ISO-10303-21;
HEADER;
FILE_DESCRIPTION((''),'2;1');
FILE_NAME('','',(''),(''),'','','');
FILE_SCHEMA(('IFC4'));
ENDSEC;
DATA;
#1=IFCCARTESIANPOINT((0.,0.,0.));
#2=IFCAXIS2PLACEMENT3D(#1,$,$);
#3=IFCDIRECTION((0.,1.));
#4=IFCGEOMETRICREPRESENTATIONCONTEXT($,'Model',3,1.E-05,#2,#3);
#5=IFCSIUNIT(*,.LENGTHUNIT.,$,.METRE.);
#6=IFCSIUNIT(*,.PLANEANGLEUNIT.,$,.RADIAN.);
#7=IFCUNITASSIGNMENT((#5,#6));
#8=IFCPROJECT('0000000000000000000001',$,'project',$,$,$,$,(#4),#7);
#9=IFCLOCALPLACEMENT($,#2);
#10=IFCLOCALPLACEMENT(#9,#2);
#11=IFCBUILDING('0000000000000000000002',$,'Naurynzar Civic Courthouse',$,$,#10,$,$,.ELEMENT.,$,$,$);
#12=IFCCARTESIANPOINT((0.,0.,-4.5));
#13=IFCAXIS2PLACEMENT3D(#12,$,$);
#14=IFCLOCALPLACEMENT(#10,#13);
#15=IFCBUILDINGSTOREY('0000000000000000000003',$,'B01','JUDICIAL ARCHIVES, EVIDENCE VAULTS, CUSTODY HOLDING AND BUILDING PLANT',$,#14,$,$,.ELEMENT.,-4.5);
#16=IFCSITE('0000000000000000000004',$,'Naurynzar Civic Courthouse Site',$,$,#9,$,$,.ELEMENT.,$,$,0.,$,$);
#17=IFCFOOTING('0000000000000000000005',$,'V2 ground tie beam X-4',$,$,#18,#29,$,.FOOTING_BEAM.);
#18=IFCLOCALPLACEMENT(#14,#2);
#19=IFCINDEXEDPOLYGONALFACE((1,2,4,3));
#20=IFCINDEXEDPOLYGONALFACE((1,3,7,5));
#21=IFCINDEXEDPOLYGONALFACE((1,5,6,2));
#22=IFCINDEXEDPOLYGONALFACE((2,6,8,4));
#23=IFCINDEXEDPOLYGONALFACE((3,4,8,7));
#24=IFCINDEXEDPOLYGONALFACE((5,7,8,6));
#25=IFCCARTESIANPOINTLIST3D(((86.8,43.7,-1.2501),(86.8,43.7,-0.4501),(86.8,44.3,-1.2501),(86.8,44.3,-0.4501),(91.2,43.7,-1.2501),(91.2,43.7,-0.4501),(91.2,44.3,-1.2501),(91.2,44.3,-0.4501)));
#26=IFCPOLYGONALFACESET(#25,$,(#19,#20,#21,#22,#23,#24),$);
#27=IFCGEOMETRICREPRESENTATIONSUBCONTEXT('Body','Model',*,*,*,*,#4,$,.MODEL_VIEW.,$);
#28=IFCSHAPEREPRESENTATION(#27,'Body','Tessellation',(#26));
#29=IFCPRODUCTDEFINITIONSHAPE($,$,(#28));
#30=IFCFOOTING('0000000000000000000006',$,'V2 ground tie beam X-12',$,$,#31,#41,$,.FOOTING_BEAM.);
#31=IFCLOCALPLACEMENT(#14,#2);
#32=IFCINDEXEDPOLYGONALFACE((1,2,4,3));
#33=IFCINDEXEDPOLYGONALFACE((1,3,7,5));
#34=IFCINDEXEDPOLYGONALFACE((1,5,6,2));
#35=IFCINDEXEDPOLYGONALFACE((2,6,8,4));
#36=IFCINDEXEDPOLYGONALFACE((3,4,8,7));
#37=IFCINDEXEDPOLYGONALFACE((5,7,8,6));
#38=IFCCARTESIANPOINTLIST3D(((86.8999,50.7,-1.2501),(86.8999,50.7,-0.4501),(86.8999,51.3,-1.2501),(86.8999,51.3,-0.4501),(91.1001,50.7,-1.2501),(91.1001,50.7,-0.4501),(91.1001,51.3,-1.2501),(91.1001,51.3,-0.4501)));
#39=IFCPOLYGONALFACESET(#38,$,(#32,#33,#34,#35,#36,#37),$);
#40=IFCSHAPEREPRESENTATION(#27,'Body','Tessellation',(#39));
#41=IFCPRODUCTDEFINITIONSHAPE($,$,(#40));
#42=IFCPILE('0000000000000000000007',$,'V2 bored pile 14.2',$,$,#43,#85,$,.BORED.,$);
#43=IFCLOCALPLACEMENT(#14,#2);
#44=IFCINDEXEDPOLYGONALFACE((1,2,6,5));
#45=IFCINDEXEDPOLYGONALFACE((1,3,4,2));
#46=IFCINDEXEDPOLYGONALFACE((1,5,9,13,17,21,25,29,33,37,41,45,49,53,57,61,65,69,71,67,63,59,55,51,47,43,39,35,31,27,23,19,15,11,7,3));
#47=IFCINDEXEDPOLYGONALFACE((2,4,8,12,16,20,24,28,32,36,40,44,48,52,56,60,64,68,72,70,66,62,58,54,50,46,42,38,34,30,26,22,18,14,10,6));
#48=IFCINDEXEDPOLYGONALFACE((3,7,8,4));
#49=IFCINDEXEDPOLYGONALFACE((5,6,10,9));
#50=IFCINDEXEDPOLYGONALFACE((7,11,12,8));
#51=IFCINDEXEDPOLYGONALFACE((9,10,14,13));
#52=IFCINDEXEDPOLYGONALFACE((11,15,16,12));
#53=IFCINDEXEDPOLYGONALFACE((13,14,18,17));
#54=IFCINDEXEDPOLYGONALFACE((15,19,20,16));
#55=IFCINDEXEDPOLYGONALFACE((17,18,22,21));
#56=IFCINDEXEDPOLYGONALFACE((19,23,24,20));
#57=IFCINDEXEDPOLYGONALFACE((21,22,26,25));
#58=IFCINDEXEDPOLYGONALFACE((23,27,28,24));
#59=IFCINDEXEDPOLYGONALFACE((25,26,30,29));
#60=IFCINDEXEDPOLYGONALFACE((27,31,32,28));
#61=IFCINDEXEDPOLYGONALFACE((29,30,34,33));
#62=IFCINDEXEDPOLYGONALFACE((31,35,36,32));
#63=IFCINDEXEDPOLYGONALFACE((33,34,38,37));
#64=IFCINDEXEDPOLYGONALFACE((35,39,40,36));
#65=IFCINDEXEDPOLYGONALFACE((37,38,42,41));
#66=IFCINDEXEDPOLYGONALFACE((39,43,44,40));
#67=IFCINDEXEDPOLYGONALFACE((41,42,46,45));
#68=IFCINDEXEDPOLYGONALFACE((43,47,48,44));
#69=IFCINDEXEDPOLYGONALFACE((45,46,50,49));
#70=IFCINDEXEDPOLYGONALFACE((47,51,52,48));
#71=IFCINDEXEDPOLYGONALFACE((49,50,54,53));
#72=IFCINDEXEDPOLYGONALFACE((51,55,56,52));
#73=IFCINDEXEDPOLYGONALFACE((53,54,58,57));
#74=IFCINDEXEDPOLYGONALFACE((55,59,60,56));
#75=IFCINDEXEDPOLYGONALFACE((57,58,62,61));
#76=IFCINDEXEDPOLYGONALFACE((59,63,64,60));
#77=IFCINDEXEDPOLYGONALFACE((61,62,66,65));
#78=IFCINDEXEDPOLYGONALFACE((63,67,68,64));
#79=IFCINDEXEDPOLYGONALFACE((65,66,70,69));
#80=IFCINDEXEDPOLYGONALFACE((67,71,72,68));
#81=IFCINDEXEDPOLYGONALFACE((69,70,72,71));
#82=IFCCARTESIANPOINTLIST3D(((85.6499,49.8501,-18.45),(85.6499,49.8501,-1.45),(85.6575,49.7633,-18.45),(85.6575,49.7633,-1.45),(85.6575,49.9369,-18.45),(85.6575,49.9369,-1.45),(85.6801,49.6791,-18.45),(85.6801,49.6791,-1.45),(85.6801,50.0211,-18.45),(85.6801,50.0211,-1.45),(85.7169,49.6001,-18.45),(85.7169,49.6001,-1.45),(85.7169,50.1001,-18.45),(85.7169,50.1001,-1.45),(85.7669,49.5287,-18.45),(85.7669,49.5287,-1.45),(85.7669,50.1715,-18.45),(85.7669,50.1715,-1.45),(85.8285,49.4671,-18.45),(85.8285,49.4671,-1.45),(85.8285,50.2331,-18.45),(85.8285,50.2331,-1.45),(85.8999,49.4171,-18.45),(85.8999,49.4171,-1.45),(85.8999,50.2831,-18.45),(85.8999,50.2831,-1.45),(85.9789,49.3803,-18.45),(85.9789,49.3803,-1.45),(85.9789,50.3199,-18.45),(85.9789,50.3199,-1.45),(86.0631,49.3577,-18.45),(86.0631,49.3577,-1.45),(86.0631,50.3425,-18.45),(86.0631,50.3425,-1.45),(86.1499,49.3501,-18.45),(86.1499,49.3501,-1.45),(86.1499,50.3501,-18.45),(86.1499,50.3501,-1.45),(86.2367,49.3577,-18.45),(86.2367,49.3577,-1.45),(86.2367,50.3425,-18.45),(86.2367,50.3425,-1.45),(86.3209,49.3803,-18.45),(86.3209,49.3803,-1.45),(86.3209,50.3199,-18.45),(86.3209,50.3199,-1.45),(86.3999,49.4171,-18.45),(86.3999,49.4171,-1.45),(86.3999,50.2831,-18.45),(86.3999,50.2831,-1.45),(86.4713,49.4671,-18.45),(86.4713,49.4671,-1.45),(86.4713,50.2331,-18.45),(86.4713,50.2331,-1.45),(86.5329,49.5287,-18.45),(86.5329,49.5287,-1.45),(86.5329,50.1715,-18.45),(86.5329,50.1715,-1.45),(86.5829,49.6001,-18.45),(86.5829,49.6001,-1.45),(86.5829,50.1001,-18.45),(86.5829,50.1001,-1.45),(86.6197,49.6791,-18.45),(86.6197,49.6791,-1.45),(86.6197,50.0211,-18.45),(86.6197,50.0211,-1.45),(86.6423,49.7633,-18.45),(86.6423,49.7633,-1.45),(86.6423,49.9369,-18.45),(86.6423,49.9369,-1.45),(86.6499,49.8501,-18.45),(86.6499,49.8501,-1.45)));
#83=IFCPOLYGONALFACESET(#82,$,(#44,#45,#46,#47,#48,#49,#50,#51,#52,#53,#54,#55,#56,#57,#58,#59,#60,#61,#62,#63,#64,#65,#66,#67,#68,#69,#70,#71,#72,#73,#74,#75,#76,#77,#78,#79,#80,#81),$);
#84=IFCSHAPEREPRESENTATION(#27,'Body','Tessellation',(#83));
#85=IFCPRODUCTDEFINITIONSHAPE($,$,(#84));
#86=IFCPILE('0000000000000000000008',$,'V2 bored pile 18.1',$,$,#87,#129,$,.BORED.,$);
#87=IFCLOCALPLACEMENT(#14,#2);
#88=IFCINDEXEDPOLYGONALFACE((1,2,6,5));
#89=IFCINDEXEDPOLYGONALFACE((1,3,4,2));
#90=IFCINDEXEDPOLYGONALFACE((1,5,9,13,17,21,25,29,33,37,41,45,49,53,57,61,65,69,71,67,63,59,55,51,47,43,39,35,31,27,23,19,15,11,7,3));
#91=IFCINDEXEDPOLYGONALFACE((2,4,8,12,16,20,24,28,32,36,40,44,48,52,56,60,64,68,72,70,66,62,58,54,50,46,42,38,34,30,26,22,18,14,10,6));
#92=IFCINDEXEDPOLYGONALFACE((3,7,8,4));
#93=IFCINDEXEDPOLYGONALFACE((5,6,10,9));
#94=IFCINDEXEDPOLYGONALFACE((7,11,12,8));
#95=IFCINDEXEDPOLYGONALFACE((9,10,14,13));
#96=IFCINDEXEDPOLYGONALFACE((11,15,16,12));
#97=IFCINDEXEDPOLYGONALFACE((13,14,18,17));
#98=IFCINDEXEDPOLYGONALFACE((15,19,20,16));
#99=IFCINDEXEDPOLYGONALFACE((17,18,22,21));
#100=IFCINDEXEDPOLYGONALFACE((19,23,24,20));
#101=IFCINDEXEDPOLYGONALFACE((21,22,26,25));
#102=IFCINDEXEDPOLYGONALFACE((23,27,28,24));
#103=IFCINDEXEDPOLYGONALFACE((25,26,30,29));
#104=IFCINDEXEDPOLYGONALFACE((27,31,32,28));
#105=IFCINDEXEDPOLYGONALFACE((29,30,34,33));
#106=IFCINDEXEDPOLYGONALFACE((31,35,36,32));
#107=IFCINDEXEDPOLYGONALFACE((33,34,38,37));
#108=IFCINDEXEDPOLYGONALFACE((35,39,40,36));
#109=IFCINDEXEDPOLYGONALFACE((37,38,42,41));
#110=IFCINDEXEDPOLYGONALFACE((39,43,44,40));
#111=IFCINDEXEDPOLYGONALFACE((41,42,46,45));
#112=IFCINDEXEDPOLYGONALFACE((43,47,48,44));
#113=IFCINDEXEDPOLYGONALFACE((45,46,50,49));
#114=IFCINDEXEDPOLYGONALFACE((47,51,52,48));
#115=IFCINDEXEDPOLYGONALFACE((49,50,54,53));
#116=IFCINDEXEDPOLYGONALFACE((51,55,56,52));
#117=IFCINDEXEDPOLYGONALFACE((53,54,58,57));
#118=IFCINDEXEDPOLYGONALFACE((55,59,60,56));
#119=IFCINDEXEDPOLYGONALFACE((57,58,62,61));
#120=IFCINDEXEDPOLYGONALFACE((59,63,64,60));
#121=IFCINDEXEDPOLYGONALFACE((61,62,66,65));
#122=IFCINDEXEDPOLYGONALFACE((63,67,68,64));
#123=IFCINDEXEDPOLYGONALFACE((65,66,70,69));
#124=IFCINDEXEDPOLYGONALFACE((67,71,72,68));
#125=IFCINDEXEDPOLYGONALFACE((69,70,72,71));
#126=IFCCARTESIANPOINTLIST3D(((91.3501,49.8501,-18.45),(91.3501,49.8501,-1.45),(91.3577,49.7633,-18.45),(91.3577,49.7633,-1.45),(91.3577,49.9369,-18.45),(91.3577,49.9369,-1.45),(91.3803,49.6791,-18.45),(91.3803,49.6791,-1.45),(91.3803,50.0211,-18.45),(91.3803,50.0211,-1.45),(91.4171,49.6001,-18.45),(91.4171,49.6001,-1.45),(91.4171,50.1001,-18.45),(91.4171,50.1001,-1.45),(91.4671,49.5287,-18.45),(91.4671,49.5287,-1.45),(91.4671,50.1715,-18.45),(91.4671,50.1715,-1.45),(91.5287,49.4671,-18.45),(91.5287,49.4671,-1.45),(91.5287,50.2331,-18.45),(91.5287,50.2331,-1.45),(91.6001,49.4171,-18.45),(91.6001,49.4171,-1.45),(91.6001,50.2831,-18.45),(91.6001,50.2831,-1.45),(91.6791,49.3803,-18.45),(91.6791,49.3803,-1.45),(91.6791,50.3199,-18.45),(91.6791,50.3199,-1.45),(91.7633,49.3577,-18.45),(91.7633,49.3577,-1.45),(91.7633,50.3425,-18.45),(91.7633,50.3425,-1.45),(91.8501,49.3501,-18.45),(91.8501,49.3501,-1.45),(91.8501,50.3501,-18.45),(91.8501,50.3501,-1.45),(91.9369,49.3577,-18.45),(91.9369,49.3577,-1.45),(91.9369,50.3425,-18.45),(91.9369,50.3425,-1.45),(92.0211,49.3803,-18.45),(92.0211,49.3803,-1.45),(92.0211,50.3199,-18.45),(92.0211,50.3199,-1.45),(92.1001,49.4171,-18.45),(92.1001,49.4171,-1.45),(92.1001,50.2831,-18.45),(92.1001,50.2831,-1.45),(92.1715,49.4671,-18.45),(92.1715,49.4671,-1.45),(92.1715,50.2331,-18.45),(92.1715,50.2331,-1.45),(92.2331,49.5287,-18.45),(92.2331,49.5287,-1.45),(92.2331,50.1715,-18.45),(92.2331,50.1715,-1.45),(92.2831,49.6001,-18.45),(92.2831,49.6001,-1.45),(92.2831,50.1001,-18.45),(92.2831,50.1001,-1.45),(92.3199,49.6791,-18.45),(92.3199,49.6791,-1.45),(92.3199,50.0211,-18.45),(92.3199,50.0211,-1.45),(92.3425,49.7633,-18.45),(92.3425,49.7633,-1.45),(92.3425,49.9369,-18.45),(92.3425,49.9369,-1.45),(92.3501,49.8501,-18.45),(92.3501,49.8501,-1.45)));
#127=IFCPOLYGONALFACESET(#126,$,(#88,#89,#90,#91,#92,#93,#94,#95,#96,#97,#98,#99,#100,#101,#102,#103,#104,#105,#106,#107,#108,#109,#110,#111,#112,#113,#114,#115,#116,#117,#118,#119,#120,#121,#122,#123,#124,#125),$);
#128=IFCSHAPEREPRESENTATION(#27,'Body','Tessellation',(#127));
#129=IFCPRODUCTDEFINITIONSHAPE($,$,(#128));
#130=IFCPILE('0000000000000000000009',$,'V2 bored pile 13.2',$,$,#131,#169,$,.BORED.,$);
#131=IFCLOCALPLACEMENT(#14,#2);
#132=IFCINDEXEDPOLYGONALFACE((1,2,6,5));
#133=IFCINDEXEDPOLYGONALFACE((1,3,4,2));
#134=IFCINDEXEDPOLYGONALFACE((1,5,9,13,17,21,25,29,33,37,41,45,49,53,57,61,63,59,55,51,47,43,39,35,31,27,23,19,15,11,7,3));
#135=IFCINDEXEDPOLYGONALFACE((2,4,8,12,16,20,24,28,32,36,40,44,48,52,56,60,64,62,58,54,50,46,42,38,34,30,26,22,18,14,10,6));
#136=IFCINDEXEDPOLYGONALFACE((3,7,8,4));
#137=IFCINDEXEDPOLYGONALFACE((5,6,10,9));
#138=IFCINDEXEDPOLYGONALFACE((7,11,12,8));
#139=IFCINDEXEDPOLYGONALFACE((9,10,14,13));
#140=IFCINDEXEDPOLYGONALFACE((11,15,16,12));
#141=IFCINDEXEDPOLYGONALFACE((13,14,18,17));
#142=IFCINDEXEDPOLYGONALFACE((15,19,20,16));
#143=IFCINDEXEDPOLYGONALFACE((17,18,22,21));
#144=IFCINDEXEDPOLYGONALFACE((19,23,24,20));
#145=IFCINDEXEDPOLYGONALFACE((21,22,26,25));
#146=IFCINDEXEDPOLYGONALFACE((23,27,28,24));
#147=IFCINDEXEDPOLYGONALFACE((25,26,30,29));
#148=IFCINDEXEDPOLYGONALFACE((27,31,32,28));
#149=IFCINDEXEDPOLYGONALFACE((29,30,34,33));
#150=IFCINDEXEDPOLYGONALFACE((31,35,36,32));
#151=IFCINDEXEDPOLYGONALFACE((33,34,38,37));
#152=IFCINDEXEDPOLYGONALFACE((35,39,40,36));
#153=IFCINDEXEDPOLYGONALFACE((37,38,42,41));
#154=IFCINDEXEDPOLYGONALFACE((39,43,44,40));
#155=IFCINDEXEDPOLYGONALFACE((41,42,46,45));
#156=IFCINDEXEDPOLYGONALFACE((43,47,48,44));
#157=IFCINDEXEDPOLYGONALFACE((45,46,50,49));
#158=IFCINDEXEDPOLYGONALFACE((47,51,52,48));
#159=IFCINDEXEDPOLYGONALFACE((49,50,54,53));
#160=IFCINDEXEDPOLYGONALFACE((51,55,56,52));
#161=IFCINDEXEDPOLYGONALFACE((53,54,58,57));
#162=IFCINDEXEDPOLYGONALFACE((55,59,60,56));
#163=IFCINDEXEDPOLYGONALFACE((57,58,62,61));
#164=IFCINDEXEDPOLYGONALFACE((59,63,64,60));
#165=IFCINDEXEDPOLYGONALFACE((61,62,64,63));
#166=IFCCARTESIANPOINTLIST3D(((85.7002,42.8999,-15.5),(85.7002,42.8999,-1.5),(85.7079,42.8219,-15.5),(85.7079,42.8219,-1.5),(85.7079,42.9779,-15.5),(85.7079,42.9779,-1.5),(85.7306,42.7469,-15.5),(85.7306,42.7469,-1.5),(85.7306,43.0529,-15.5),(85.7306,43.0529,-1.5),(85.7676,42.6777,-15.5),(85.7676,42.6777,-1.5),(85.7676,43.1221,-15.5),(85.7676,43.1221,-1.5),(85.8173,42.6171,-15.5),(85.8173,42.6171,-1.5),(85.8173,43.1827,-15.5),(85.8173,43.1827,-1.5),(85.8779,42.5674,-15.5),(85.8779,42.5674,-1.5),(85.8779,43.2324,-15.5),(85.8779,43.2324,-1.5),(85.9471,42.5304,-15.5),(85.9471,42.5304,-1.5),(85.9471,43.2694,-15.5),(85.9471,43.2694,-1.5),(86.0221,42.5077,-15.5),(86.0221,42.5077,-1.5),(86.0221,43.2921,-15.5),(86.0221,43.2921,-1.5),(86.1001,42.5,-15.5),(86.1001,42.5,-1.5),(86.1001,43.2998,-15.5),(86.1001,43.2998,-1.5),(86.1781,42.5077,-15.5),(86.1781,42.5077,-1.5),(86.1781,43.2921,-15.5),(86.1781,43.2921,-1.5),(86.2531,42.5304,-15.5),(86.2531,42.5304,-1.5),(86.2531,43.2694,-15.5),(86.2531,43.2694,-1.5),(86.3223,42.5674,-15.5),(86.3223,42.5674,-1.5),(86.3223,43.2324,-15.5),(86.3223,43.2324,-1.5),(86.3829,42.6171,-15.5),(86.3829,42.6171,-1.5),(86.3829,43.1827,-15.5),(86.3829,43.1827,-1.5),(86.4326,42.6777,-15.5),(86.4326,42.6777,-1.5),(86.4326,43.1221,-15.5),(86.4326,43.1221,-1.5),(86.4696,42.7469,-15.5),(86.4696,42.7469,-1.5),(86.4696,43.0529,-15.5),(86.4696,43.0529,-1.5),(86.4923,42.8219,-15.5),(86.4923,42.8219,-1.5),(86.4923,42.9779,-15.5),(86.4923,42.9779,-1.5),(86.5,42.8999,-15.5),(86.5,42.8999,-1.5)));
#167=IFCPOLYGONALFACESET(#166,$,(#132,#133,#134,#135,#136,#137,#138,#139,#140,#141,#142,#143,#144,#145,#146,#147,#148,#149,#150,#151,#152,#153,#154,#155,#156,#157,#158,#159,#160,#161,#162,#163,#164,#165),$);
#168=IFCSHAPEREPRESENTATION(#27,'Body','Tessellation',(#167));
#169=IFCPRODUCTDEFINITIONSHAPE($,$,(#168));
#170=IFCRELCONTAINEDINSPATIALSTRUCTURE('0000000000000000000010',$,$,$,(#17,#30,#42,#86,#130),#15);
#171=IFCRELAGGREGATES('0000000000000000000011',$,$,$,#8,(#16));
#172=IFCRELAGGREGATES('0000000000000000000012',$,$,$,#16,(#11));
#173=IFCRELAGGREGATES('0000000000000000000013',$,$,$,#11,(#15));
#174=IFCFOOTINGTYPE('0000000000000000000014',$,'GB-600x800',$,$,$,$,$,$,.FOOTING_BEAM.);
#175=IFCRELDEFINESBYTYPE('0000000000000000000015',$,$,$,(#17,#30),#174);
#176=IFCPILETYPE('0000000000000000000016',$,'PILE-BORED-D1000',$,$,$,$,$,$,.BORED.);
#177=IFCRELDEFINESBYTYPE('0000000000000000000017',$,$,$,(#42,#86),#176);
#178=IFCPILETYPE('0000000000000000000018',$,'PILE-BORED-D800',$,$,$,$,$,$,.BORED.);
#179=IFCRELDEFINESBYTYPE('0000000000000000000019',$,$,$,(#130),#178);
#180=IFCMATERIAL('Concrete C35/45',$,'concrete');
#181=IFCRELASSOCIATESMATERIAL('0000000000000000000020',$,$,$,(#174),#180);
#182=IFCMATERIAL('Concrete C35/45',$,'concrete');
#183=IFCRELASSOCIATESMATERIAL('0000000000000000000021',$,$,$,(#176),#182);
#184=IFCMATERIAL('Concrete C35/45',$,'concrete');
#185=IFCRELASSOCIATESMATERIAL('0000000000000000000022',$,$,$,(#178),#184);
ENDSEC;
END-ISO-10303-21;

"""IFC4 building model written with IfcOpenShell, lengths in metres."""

from ifc_helpers import new_model, si_unit, direction, frame, origin, origin_2d, place, context, subcontext, project, spatial, rectangle, circle, extrude, material, material_profile, profile_set, type_object, element, save


model = new_model("IFC4")

# Units and contexts
model_context = context("Model", 3, precision=1e-05, world=origin(), true_north=direction((0.0, 1.0)))
body_context = subcontext(model_context, "Body", "Model", "MODEL_VIEW")
ifc_project = project(units=[si_unit("LENGTHUNIT", "METRE"), si_unit("PLANEANGLEUNIT", "RADIAN")], contexts=[model_context])

# Site, building, storey
site_placement = place(None, origin())
site = spatial("IfcSite", under=ifc_project, at=site_placement, Name="Naurynzar Civic Courthouse Site", CompositionType="ELEMENT", RefElevation=0.0)
building_placement = place(site_placement, origin())
building = spatial("IfcBuilding", under=site, at=building_placement, Name="Naurynzar Civic Courthouse", CompositionType="ELEMENT")
storey_placement = place(building_placement, frame((0.0, 0.0, -4.5)))
storey = spatial("IfcBuildingStorey", under=building, at=storey_placement, Name="B01", Description="JUDICIAL ARCHIVES, EVIDENCE VAULTS, CUSTODY HOLDING AND BUILDING PLANT", CompositionType="ELEMENT", Elevation=-4.5)

# Footings
ifc_material_1 = material(Name="Concrete C35/45", Category="concrete")
ifc_material_profile_1 = material_profile(ifc_material_1, rectangle(XDim=0.6001, YDim=0.8, at=origin_2d()), Name="GB 600x800")
ifc_profile_set_1 = profile_set([ifc_material_profile_1], Name="Concrete C35/45")
footing_type = type_object("IfcFootingType", Name="GB-600x800", PredefinedType="FOOTING_BEAM", material=ifc_profile_set_1)
footing_1_placement = place(storey_placement, frame((86.8, 44.0, -0.8501), z_axis=(1.0, 0.0, 0.0), x_axis=(0.0, 1.0, 0.0)))
element("IfcFooting", 1, at=footing_1_placement, inside=storey, type_object=footing_type, Name="V2 ground tie beam X-4", PredefinedType="FOOTING_BEAM", context=body_context, shape_type="SweptSolid", body=[
    extrude(rectangle(XDim=0.6001, YDim=0.8, at=origin_2d()), origin(), (0.0, 0.0, 1.0), 4.3999),
])
footing_2_placement = place(storey_placement, frame((86.8999, 51.0, -0.8501), z_axis=(1.0, 0.0, 0.0), x_axis=(0.0, 1.0, 0.0)))
element("IfcFooting", 2, at=footing_2_placement, inside=storey, type_object=footing_type, Name="V2 ground tie beam X-12", PredefinedType="FOOTING_BEAM", context=body_context, shape_type="SweptSolid", body=[
    extrude(rectangle(XDim=0.6001, YDim=0.8, at=origin_2d()), origin(), (0.0, 0.0, 1.0), 4.2002),
])

# Piles
ifc_material_2 = material(Name="Concrete C35/45", Category="concrete")
ifc_material_profile_2 = material_profile(ifc_material_2, circle(Radius=0.5, at=origin_2d()), Name="PILE D1000")
ifc_profile_set_2 = profile_set([ifc_material_profile_2], Name="Concrete C35/45")
pile_type_1 = type_object("IfcPileType", Name="PILE-BORED-D1000", PredefinedType="BORED", material=ifc_profile_set_2)
for number, where, z_axis, x_axis, name in (
    (3, (86.1499, 49.8501, -1.45), (0.0, 0.0, -1.0), (1.0, 0.0, 0.0), "V2 bored pile 14.2"),
    (4, (91.8501, 49.8501, -1.45), (0.0, 0.0, -1.0), (1.0, 0.0, 0.0), "V2 bored pile 18.1"),
):
    element("IfcPile", number, at=place(storey_placement, frame(where, z_axis=z_axis, x_axis=x_axis)), inside=storey, type_object=pile_type_1, Name=name, PredefinedType="BORED", context=body_context, shape_type="SweptSolid", body=[
        extrude(circle(Radius=0.5, at=origin_2d()), origin(), (0.0, 0.0, 1.0), 17.0),
    ])
ifc_material_3 = material(Name="Concrete C35/45", Category="concrete")
ifc_material_profile_3 = material_profile(ifc_material_3, circle(Radius=0.3999, at=origin_2d()), Name="PILE D800")
ifc_profile_set_3 = profile_set([ifc_material_profile_3], Name="Concrete C35/45")
pile_type_2 = type_object("IfcPileType", Name="PILE-BORED-D800", PredefinedType="BORED", material=ifc_profile_set_3)
for number, where, z_axis, x_axis, name in (
    (5, (86.1001, 42.8999, -1.5), (0.0, 0.0, -1.0), (1.0, 0.0, 0.0), "V2 bored pile 13.2"),
):
    element("IfcPile", number, at=place(storey_placement, frame(where, z_axis=z_axis, x_axis=x_axis)), inside=storey, type_object=pile_type_2, Name=name, PredefinedType="BORED", context=body_context, shape_type="SweptSolid", body=[
        extrude(circle(Radius=0.3999, at=origin_2d()), origin(), (0.0, 0.0, 1.0), 14.0),
    ])

save(model, "model.ifc")
